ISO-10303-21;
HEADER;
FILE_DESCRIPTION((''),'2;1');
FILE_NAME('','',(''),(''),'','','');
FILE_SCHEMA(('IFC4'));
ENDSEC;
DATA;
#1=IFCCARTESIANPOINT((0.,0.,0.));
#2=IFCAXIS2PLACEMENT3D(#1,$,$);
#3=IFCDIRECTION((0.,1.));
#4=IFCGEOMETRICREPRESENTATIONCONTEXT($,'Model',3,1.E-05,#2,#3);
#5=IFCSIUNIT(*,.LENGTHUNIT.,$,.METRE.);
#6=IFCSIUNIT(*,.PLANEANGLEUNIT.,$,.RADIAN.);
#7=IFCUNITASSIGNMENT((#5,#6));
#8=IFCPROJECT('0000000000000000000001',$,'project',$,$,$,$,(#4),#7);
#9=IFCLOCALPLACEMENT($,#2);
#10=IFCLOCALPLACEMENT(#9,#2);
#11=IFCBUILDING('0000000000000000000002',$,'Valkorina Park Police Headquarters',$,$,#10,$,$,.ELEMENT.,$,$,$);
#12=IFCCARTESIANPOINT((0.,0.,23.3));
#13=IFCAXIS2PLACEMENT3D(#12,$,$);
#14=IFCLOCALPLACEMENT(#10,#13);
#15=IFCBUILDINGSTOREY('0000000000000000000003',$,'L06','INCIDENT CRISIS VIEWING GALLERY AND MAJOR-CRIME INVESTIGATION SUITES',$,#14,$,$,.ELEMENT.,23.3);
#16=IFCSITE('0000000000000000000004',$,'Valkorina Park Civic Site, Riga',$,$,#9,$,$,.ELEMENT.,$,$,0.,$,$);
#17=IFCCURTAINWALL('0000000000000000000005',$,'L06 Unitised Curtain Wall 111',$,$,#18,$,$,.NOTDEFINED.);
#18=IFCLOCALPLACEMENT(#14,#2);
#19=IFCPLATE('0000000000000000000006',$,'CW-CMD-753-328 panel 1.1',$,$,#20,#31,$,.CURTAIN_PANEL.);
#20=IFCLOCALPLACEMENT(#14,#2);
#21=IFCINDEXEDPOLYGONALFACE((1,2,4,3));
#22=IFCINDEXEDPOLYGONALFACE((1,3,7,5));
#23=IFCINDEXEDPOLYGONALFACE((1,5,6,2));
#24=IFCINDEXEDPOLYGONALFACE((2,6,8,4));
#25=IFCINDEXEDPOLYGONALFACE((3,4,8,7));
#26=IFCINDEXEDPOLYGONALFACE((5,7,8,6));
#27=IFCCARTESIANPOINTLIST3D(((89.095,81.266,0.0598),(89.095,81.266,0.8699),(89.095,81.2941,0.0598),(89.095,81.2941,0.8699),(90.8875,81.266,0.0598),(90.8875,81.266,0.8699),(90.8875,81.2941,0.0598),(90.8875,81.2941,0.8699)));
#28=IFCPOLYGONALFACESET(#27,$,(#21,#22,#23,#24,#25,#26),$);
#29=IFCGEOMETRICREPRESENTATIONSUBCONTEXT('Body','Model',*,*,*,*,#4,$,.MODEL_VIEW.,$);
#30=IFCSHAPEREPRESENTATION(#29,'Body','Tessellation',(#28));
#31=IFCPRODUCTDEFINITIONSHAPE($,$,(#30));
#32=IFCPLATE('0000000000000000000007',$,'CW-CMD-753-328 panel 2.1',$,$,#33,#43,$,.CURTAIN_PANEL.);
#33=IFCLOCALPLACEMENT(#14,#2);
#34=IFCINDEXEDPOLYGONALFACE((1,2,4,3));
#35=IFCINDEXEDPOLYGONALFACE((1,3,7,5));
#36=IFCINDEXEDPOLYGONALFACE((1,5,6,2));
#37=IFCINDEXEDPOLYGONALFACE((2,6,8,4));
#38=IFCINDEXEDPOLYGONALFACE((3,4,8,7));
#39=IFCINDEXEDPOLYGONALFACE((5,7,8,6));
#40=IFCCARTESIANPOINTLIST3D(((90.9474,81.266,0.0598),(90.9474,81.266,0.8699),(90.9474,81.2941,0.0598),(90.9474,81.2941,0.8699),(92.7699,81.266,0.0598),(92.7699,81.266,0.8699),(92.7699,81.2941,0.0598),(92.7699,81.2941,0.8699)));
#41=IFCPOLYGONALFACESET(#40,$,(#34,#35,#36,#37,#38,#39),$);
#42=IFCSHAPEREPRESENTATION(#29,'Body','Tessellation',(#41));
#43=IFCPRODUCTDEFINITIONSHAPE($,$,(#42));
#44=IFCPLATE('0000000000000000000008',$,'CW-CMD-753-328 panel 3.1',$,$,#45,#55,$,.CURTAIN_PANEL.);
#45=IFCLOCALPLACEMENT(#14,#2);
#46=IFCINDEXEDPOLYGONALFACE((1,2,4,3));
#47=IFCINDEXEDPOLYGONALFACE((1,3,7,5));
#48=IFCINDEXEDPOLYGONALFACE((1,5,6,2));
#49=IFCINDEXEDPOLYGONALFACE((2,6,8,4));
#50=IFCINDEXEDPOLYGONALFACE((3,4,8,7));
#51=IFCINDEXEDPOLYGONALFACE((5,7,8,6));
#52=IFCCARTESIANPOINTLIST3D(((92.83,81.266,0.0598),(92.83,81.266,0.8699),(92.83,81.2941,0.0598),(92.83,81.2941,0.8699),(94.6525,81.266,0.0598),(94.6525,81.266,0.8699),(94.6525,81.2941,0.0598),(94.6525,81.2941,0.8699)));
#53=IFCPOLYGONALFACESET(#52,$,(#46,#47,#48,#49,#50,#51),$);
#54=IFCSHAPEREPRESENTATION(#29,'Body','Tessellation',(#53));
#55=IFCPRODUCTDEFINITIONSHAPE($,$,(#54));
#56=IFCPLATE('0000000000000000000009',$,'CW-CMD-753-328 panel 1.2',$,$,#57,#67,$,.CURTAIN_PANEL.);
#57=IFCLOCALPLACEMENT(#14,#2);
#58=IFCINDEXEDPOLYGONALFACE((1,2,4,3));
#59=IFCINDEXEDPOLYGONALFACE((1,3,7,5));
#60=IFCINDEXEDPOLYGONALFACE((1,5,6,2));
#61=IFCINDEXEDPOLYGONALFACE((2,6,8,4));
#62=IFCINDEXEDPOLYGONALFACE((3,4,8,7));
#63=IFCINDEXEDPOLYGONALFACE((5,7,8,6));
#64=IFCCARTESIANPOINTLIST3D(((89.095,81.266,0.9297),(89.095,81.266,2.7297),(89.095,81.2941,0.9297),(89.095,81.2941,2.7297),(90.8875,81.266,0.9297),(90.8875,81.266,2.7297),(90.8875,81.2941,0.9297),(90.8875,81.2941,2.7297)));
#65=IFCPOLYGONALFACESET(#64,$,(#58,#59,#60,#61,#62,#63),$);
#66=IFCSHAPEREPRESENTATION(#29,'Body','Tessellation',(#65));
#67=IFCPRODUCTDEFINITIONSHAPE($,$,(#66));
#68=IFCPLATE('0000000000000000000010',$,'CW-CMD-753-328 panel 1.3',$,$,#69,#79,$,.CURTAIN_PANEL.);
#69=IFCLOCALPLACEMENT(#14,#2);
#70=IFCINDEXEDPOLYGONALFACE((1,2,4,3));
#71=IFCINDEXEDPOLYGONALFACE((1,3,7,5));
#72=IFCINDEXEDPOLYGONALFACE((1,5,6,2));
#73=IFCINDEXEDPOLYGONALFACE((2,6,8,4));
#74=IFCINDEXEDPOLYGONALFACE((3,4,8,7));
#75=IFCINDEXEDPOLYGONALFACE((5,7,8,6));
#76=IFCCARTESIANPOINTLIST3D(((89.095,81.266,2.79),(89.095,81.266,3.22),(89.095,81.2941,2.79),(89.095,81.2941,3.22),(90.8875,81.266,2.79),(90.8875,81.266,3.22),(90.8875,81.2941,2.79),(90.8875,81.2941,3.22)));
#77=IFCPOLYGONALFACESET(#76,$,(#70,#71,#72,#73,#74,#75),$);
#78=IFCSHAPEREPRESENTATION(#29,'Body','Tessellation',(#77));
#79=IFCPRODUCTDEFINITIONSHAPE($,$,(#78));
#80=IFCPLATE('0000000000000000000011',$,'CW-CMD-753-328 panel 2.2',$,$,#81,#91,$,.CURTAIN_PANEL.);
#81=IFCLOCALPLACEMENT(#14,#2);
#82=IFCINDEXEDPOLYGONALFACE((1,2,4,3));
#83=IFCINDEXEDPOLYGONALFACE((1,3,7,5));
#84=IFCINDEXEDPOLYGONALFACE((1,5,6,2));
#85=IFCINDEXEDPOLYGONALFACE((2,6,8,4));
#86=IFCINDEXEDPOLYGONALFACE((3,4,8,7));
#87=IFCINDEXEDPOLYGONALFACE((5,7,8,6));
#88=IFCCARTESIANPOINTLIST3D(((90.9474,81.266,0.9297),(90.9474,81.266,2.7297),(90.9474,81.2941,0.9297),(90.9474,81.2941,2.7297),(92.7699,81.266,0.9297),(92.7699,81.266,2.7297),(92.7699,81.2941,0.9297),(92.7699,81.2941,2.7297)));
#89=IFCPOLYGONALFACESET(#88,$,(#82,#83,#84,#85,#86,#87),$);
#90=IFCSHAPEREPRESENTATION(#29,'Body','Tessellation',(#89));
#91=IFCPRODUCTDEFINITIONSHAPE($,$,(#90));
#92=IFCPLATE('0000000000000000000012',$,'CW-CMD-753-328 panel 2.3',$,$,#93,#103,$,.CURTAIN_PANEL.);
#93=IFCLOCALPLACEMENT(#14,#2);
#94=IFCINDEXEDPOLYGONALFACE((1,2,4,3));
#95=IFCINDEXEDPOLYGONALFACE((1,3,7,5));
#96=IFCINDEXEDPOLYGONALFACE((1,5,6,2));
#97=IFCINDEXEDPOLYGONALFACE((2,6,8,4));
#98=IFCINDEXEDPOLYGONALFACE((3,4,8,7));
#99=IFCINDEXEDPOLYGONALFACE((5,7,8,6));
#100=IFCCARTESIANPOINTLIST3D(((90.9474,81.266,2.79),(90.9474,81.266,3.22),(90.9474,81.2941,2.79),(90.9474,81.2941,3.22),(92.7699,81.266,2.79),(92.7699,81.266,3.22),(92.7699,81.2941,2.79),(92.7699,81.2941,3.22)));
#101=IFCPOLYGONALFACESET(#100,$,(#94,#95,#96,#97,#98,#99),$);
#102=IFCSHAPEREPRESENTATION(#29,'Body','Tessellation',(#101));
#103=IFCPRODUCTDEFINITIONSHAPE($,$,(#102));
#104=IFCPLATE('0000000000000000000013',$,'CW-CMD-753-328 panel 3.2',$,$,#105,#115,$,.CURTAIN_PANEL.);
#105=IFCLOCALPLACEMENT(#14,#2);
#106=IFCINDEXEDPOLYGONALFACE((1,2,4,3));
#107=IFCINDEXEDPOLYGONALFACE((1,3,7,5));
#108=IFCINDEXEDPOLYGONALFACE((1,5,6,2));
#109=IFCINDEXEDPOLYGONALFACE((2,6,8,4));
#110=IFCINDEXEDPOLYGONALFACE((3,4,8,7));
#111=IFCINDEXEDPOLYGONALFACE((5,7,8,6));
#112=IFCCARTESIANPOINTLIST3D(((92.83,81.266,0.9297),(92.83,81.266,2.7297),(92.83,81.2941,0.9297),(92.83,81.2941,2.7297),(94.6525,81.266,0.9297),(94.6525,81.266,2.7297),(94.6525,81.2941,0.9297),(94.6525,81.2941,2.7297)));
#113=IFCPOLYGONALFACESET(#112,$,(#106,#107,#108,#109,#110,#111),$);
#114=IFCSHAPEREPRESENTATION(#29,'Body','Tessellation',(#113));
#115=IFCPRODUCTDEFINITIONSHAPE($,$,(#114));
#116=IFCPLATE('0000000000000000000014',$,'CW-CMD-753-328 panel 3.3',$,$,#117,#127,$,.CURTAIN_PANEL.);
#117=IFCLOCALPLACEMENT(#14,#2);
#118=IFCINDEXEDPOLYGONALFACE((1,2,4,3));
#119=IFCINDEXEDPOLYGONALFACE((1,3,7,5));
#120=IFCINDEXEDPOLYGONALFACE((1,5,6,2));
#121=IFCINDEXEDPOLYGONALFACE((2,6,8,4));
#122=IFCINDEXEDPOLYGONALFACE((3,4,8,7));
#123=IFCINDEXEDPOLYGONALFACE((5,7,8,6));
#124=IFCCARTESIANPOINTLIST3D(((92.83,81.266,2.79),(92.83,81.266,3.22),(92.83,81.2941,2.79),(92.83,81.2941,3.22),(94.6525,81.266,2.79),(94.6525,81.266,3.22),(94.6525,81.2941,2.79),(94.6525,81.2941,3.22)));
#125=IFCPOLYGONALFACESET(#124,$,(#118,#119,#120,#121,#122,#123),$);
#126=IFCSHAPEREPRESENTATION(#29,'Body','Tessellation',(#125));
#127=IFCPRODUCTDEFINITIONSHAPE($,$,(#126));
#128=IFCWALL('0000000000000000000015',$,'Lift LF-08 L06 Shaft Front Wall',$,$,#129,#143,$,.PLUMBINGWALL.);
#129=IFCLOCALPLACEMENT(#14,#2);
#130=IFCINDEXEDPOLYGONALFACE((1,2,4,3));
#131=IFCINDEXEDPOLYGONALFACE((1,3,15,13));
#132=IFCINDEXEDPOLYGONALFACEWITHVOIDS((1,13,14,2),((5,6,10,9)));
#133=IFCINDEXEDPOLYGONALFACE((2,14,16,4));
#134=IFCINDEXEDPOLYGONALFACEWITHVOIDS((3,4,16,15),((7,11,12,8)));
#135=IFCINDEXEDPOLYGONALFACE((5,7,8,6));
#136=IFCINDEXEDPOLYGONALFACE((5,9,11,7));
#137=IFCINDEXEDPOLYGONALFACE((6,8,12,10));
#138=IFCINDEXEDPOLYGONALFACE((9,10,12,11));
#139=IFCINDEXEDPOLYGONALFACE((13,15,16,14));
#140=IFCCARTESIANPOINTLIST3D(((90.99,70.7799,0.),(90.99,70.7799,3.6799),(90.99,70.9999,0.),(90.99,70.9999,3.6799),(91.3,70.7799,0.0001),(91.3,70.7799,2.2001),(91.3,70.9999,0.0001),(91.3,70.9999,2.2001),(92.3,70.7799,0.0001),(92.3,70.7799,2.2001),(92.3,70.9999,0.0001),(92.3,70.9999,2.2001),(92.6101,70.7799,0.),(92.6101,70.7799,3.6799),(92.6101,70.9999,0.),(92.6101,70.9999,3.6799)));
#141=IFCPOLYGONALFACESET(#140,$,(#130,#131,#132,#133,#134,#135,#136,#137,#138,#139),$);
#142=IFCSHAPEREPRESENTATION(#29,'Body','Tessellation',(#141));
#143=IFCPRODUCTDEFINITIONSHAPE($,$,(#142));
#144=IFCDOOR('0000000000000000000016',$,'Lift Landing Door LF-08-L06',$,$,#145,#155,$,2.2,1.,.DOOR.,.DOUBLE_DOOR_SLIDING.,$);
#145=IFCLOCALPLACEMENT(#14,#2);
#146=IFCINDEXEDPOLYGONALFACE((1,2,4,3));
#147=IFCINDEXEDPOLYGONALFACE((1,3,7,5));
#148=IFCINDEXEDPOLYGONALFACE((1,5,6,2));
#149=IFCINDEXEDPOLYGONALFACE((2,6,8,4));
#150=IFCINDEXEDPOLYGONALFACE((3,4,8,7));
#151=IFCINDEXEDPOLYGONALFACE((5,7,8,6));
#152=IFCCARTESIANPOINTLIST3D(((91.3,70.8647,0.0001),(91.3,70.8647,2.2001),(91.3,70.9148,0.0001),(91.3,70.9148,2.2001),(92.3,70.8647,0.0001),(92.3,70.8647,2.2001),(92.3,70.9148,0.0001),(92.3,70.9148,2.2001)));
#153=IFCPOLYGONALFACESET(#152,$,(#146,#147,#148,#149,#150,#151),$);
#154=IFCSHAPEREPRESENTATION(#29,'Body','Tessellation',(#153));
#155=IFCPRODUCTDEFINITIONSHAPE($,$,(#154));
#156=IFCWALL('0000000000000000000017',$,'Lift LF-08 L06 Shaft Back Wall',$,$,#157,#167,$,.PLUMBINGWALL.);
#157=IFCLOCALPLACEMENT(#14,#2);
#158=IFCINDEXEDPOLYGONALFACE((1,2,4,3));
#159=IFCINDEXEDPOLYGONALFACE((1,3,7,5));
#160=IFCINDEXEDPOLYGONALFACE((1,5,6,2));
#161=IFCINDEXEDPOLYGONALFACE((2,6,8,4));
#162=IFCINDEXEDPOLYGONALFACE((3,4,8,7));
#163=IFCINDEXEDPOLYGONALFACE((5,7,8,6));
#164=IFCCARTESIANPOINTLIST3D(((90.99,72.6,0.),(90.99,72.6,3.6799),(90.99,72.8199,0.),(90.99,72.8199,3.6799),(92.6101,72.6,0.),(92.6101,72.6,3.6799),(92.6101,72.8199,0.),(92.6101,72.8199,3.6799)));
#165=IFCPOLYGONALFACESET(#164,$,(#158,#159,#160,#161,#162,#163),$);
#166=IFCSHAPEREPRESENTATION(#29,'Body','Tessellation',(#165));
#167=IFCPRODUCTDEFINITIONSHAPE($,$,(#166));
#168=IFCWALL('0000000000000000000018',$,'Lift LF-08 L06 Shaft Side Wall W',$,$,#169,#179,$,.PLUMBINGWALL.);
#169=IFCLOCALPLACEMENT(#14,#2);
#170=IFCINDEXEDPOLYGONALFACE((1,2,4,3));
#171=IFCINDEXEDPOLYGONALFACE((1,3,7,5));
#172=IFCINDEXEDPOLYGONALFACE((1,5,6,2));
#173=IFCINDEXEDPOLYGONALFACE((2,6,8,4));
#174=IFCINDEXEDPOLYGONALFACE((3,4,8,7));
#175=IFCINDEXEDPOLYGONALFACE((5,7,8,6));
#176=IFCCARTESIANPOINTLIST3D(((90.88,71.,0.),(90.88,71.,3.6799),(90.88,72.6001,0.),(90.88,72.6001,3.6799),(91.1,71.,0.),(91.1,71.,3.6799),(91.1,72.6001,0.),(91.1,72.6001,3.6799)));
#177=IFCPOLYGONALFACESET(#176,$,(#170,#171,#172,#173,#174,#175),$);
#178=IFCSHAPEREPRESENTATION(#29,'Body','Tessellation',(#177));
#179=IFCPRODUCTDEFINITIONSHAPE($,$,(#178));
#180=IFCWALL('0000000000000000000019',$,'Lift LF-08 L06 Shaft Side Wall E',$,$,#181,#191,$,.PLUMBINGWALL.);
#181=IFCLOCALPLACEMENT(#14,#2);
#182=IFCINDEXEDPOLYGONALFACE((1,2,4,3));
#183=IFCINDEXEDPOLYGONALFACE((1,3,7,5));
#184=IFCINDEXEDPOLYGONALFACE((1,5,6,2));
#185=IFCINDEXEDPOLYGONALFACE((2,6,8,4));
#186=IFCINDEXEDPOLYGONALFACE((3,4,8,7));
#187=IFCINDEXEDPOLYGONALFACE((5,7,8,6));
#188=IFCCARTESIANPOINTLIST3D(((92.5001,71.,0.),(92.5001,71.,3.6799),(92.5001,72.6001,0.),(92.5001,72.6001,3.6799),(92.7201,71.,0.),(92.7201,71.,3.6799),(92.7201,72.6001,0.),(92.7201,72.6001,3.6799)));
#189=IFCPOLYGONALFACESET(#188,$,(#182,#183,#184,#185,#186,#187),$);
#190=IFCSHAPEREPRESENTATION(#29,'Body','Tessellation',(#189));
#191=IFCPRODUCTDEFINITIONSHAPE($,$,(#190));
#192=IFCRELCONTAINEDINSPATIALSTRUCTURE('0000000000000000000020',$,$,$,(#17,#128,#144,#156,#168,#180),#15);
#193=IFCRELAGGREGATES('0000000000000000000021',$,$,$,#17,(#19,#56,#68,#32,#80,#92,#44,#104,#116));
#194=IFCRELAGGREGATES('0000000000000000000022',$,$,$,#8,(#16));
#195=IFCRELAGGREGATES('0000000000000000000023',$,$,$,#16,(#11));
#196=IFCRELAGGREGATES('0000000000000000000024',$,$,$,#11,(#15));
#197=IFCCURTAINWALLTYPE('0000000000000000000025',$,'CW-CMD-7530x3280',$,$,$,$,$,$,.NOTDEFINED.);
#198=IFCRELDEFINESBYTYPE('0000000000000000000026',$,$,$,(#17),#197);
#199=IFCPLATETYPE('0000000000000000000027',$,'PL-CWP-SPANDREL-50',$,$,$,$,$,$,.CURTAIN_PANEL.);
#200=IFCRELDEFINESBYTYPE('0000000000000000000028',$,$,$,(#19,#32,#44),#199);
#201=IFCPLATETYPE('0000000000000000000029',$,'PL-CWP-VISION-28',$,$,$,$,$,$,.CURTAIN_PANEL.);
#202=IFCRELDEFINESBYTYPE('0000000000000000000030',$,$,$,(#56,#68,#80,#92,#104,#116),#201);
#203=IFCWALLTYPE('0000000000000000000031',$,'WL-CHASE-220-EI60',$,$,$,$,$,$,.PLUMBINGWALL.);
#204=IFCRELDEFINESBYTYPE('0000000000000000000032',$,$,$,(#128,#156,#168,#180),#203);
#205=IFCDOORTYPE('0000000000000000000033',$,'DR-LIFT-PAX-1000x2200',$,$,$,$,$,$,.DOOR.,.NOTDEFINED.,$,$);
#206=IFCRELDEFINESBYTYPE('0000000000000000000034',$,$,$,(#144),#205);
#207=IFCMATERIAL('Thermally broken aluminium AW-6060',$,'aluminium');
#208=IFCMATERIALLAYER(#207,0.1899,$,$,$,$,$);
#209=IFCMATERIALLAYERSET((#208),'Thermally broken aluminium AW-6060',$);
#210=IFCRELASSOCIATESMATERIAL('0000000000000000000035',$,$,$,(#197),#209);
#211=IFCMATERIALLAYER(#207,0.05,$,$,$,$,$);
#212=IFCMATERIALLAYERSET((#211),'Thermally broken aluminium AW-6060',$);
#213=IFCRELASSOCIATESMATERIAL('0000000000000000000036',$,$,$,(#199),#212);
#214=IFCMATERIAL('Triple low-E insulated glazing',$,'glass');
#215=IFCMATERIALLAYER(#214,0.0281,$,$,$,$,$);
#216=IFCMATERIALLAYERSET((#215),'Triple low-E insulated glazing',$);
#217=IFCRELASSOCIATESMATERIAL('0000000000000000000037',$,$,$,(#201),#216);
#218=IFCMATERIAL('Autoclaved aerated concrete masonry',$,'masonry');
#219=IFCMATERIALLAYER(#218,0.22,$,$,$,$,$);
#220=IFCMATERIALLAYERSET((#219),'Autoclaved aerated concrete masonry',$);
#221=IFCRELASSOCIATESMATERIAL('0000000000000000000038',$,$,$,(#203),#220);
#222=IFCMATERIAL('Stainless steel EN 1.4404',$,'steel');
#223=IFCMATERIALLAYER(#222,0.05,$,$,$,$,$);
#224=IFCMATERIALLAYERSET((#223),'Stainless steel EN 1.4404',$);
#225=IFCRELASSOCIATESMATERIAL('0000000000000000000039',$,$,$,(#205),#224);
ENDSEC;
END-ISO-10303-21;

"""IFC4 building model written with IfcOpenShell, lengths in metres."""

from ifc_helpers import new_model, si_unit, direction, frame, frame_2d, origin, origin_2d, place, context, subcontext, project, spatial, rectangle, extrude, material, layer, layer_set, type_object, element, fill, aggregate, save


model = new_model("IFC4")

# Units and contexts
model_context = context("Model", 3, precision=1e-05, world=origin(), true_north=direction((0.0, 1.0)))
body_context = subcontext(model_context, "Body", "Model", "MODEL_VIEW")
ifc_project = project(units=[si_unit("LENGTHUNIT", "METRE"), si_unit("PLANEANGLEUNIT", "RADIAN")], contexts=[model_context])

# Site, building, storey
site_placement = place(None, origin())
site = spatial("IfcSite", under=ifc_project, at=site_placement, Name="Valkorina Park Civic Site, Riga", CompositionType="ELEMENT", RefElevation=0.0)
building_placement = place(site_placement, origin())
building = spatial("IfcBuilding", under=site, at=building_placement, Name="Valkorina Park Police Headquarters", CompositionType="ELEMENT")
storey_placement = place(building_placement, frame((0.0, 0.0, 23.3)))
storey = spatial("IfcBuildingStorey", under=building, at=storey_placement, Name="L06", Description="INCIDENT CRISIS VIEWING GALLERY AND MAJOR-CRIME INVESTIGATION SUITES", CompositionType="ELEMENT", Elevation=23.3)

# Curtain wall, plates
ifc_material_1 = material(Name="Thermally broken aluminium AW-6060", Category="aluminium")
ifc_layer_1 = layer(ifc_material_1, 0.1899)
ifc_layer_set_1 = layer_set([ifc_layer_1], Name="Thermally broken aluminium AW-6060")
curtain_wall_type = type_object("IfcCurtainWallType", Name="CW-CMD-7530x3280", PredefinedType="NOTDEFINED", material=ifc_layer_set_1)
curtain_wall_placement = place(storey_placement, origin())
curtain_wall = element("IfcCurtainWall", 1, at=curtain_wall_placement, inside=storey, type_object=curtain_wall_type, Name="L06 Unitised Curtain Wall 111", PredefinedType="NOTDEFINED")
ifc_layer_2 = layer(ifc_material_1, 0.05)
ifc_layer_set_2 = layer_set([ifc_layer_2], Name="Thermally broken aluminium AW-6060")
plate_type_1 = type_object("IfcPlateType", Name="PL-CWP-SPANDREL-50", PredefinedType="CURTAIN_PANEL", material=ifc_layer_set_2)
plate_1_placement = place(storey_placement, frame((89.9912, 81.28, 0.0598), z_axis=(0.0, 0.0, 1.0), x_axis=(1.0, 0.0, 0.0)))
plate_1 = element("IfcPlate", 2, at=plate_1_placement, type_object=plate_type_1, Name="CW-CMD-753-328 panel 1.1", PredefinedType="CURTAIN_PANEL", context=body_context, shape_type="SweptSolid", body=[
    extrude(rectangle(XDim=1.7925, YDim=0.0281, at=origin_2d()), origin(), (0.0, 0.0, 1.0), 0.8101),
])
plate_2_placement = place(storey_placement, frame((91.8586, 81.28, 0.0598), z_axis=(0.0, 0.0, 1.0), x_axis=(1.0, 0.0, 0.0)))
plate_2 = element("IfcPlate", 3, at=plate_2_placement, type_object=plate_type_1, Name="CW-CMD-753-328 panel 2.1", PredefinedType="CURTAIN_PANEL", context=body_context, shape_type="SweptSolid", body=[
    extrude(rectangle(XDim=1.8225, YDim=0.0281, at=origin_2d()), origin(), (0.0, 0.0, 1.0), 0.8101),
])
plate_3_placement = place(storey_placement, frame((93.7412, 81.28, 0.0598), z_axis=(0.0, 0.0, 1.0), x_axis=(1.0, 0.0, 0.0)))
plate_3 = element("IfcPlate", 4, at=plate_3_placement, type_object=plate_type_1, Name="CW-CMD-753-328 panel 3.1", PredefinedType="CURTAIN_PANEL", context=body_context, shape_type="SweptSolid", body=[
    extrude(rectangle(XDim=1.8225, YDim=0.0281, at=origin_2d()), origin(), (0.0, 0.0, 1.0), 0.8101),
])
ifc_material_2 = material(Name="Triple low-E insulated glazing", Category="glass")
ifc_layer_3 = layer(ifc_material_2, 0.0281)
ifc_layer_set_3 = layer_set([ifc_layer_3], Name="Triple low-E insulated glazing")
plate_type_2 = type_object("IfcPlateType", Name="PL-CWP-VISION-28", PredefinedType="CURTAIN_PANEL", material=ifc_layer_set_3)
plate_4_placement = place(storey_placement, frame((89.9912, 81.28, 0.9297), z_axis=(0.0, 0.0, 1.0), x_axis=(1.0, 0.0, 0.0)))
plate_4 = element("IfcPlate", 5, at=plate_4_placement, type_object=plate_type_2, Name="CW-CMD-753-328 panel 1.2", PredefinedType="CURTAIN_PANEL", context=body_context, shape_type="SweptSolid", body=[
    extrude(rectangle(XDim=1.7925, YDim=0.0281, at=origin_2d()), origin(), (0.0, 0.0, 1.0), 1.8),
])
plate_5_placement = place(storey_placement, frame((89.9912, 81.28, 2.79), z_axis=(0.0, 0.0, 1.0), x_axis=(1.0, 0.0, 0.0)))
plate_5 = element("IfcPlate", 6, at=plate_5_placement, type_object=plate_type_2, Name="CW-CMD-753-328 panel 1.3", PredefinedType="CURTAIN_PANEL", context=body_context, shape_type="SweptSolid", body=[
    extrude(rectangle(XDim=1.7925, YDim=0.0281, at=origin_2d()), origin(), (0.0, 0.0, 1.0), 0.4299),
])
plate_6_placement = place(storey_placement, frame((91.8586, 81.28, 0.9297), z_axis=(0.0, 0.0, 1.0), x_axis=(1.0, 0.0, 0.0)))
plate_6 = element("IfcPlate", 7, at=plate_6_placement, type_object=plate_type_2, Name="CW-CMD-753-328 panel 2.2", PredefinedType="CURTAIN_PANEL", context=body_context, shape_type="SweptSolid", body=[
    extrude(rectangle(XDim=1.8225, YDim=0.0281, at=origin_2d()), origin(), (0.0, 0.0, 1.0), 1.8),
])
plate_7_placement = place(storey_placement, frame((91.8586, 81.28, 2.79), z_axis=(0.0, 0.0, 1.0), x_axis=(1.0, 0.0, 0.0)))
plate_7 = element("IfcPlate", 8, at=plate_7_placement, type_object=plate_type_2, Name="CW-CMD-753-328 panel 2.3", PredefinedType="CURTAIN_PANEL", context=body_context, shape_type="SweptSolid", body=[
    extrude(rectangle(XDim=1.8225, YDim=0.0281, at=origin_2d()), origin(), (0.0, 0.0, 1.0), 0.4299),
])
plate_8_placement = place(storey_placement, frame((93.7412, 81.28, 0.9297), z_axis=(0.0, 0.0, 1.0), x_axis=(1.0, 0.0, 0.0)))
plate_8 = element("IfcPlate", 9, at=plate_8_placement, type_object=plate_type_2, Name="CW-CMD-753-328 panel 3.2", PredefinedType="CURTAIN_PANEL", context=body_context, shape_type="SweptSolid", body=[
    extrude(rectangle(XDim=1.8225, YDim=0.0281, at=origin_2d()), origin(), (0.0, 0.0, 1.0), 1.8),
])
plate_9_placement = place(storey_placement, frame((93.7412, 81.28, 2.79), z_axis=(0.0, 0.0, 1.0), x_axis=(1.0, 0.0, 0.0)))
plate_9 = element("IfcPlate", 10, at=plate_9_placement, type_object=plate_type_2, Name="CW-CMD-753-328 panel 3.3", PredefinedType="CURTAIN_PANEL", context=body_context, shape_type="SweptSolid", body=[
    extrude(rectangle(XDim=1.8225, YDim=0.0281, at=origin_2d()), origin(), (0.0, 0.0, 1.0), 0.4299),
])
aggregate(curtain_wall, [plate_1, plate_4, plate_5, plate_2, plate_6, plate_7, plate_3, plate_8, plate_9])

# Wall, opening, door
ifc_material_3 = material(Name="Autoclaved aerated concrete masonry", Category="masonry")
ifc_layer_4 = layer(ifc_material_3, 0.22)
ifc_layer_set_4 = layer_set([ifc_layer_4], Name="Autoclaved aerated concrete masonry")
wall_type_1 = type_object("IfcWallType", Name="WL-CHASE-220-EI60", PredefinedType="PLUMBINGWALL", material=ifc_layer_set_4)
wall_1_placement = place(storey_placement, frame((90.99, 70.8899, 0.0), z_axis=(0.0, 0.0, 1.0), x_axis=(1.0, 0.0, 0.0)))
wall_1 = element("IfcWall", 11, at=wall_1_placement, inside=storey, type_object=wall_type_1, Name="Lift LF-08 L06 Shaft Front Wall", PredefinedType="PLUMBINGWALL", context=body_context, shape_type="SweptSolid", body=[
    extrude(rectangle(XDim=1.6201, YDim=0.22, at=frame_2d((0.8101, 0.0))), origin(), (0.0, 0.0, 1.0), 3.6799),
])
opening_placement = place(wall_1_placement, frame((0.3101, 0.0, 0.0)))
opening = element("IfcOpeningElement", 12, at=opening_placement, cuts=wall_1, PredefinedType="OPENING", context=body_context, shape_type="SweptSolid", body=[
    extrude(rectangle(XDim=1.0, YDim=2.2, at=frame_2d((0.5, 1.1001))), frame((0.0, 0.1201, 0.0), z_axis=(0.0, -1.0, 0.0), x_axis=(1.0, 0.0, 0.0)), (0.0, 0.0, 1.0), 0.24),
])
ifc_material_4 = material(Name="Stainless steel EN 1.4404", Category="steel")
ifc_layer_5 = layer(ifc_material_4, 0.05)
ifc_layer_set_5 = layer_set([ifc_layer_5], Name="Stainless steel EN 1.4404")
door_type = type_object("IfcDoorType", Name="DR-LIFT-PAX-1000x2200", OperationType="NOTDEFINED", PredefinedType="DOOR", material=ifc_layer_set_5)
door_placement = place(opening_placement, origin())
door = element("IfcDoor", 13, at=door_placement, inside=storey, type_object=door_type, Name="Lift Landing Door LF-08-L06", OperationType="DOUBLE_DOOR_SLIDING", OverallHeight=2.2, OverallWidth=1.0, PredefinedType="DOOR", context=body_context, shape_type="SweptSolid", body=[
    extrude(rectangle(XDim=1.0, YDim=2.2, at=frame_2d((0.5, 1.1001))), frame((0.0, 0.0249, 0.0), z_axis=(0.0, -1.0, 0.0), x_axis=(1.0, 0.0, 0.0)), (0.0, 0.0, 1.0), 0.05),
])
fill(opening, door)

# Walls
wall_2_placement = place(storey_placement, frame((90.99, 72.71, 0.0), z_axis=(0.0, 0.0, 1.0), x_axis=(1.0, 0.0, 0.0)))
element("IfcWall", 14, at=wall_2_placement, inside=storey, type_object=wall_type_1, Name="Lift LF-08 L06 Shaft Back Wall", PredefinedType="PLUMBINGWALL", context=body_context, shape_type="SweptSolid", body=[
    extrude(rectangle(XDim=1.6201, YDim=0.22, at=frame_2d((0.8101, 0.0))), origin(), (0.0, 0.0, 1.0), 3.6799),
])
for number, where, z_axis, x_axis, name in (
    (15, (90.99, 71.0, 0.0), (0.0, 0.0, 1.0), (0.0, 1.0, 0.0), "Lift LF-08 L06 Shaft Side Wall W"),
    (16, (92.6101, 71.0, 0.0), (0.0, 0.0, 1.0), (0.0, 1.0, 0.0), "Lift LF-08 L06 Shaft Side Wall E"),
):
    element("IfcWall", number, at=place(storey_placement, frame(where, z_axis=z_axis, x_axis=x_axis)), inside=storey, type_object=wall_type_1, Name=name, PredefinedType="PLUMBINGWALL", context=body_context, shape_type="SweptSolid", body=[
        extrude(rectangle(XDim=1.6001, YDim=0.22, at=frame_2d((0.8, 0.0))), origin(), (0.0, 0.0, 1.0), 3.6799),
    ])

save(model, "model.ifc")
